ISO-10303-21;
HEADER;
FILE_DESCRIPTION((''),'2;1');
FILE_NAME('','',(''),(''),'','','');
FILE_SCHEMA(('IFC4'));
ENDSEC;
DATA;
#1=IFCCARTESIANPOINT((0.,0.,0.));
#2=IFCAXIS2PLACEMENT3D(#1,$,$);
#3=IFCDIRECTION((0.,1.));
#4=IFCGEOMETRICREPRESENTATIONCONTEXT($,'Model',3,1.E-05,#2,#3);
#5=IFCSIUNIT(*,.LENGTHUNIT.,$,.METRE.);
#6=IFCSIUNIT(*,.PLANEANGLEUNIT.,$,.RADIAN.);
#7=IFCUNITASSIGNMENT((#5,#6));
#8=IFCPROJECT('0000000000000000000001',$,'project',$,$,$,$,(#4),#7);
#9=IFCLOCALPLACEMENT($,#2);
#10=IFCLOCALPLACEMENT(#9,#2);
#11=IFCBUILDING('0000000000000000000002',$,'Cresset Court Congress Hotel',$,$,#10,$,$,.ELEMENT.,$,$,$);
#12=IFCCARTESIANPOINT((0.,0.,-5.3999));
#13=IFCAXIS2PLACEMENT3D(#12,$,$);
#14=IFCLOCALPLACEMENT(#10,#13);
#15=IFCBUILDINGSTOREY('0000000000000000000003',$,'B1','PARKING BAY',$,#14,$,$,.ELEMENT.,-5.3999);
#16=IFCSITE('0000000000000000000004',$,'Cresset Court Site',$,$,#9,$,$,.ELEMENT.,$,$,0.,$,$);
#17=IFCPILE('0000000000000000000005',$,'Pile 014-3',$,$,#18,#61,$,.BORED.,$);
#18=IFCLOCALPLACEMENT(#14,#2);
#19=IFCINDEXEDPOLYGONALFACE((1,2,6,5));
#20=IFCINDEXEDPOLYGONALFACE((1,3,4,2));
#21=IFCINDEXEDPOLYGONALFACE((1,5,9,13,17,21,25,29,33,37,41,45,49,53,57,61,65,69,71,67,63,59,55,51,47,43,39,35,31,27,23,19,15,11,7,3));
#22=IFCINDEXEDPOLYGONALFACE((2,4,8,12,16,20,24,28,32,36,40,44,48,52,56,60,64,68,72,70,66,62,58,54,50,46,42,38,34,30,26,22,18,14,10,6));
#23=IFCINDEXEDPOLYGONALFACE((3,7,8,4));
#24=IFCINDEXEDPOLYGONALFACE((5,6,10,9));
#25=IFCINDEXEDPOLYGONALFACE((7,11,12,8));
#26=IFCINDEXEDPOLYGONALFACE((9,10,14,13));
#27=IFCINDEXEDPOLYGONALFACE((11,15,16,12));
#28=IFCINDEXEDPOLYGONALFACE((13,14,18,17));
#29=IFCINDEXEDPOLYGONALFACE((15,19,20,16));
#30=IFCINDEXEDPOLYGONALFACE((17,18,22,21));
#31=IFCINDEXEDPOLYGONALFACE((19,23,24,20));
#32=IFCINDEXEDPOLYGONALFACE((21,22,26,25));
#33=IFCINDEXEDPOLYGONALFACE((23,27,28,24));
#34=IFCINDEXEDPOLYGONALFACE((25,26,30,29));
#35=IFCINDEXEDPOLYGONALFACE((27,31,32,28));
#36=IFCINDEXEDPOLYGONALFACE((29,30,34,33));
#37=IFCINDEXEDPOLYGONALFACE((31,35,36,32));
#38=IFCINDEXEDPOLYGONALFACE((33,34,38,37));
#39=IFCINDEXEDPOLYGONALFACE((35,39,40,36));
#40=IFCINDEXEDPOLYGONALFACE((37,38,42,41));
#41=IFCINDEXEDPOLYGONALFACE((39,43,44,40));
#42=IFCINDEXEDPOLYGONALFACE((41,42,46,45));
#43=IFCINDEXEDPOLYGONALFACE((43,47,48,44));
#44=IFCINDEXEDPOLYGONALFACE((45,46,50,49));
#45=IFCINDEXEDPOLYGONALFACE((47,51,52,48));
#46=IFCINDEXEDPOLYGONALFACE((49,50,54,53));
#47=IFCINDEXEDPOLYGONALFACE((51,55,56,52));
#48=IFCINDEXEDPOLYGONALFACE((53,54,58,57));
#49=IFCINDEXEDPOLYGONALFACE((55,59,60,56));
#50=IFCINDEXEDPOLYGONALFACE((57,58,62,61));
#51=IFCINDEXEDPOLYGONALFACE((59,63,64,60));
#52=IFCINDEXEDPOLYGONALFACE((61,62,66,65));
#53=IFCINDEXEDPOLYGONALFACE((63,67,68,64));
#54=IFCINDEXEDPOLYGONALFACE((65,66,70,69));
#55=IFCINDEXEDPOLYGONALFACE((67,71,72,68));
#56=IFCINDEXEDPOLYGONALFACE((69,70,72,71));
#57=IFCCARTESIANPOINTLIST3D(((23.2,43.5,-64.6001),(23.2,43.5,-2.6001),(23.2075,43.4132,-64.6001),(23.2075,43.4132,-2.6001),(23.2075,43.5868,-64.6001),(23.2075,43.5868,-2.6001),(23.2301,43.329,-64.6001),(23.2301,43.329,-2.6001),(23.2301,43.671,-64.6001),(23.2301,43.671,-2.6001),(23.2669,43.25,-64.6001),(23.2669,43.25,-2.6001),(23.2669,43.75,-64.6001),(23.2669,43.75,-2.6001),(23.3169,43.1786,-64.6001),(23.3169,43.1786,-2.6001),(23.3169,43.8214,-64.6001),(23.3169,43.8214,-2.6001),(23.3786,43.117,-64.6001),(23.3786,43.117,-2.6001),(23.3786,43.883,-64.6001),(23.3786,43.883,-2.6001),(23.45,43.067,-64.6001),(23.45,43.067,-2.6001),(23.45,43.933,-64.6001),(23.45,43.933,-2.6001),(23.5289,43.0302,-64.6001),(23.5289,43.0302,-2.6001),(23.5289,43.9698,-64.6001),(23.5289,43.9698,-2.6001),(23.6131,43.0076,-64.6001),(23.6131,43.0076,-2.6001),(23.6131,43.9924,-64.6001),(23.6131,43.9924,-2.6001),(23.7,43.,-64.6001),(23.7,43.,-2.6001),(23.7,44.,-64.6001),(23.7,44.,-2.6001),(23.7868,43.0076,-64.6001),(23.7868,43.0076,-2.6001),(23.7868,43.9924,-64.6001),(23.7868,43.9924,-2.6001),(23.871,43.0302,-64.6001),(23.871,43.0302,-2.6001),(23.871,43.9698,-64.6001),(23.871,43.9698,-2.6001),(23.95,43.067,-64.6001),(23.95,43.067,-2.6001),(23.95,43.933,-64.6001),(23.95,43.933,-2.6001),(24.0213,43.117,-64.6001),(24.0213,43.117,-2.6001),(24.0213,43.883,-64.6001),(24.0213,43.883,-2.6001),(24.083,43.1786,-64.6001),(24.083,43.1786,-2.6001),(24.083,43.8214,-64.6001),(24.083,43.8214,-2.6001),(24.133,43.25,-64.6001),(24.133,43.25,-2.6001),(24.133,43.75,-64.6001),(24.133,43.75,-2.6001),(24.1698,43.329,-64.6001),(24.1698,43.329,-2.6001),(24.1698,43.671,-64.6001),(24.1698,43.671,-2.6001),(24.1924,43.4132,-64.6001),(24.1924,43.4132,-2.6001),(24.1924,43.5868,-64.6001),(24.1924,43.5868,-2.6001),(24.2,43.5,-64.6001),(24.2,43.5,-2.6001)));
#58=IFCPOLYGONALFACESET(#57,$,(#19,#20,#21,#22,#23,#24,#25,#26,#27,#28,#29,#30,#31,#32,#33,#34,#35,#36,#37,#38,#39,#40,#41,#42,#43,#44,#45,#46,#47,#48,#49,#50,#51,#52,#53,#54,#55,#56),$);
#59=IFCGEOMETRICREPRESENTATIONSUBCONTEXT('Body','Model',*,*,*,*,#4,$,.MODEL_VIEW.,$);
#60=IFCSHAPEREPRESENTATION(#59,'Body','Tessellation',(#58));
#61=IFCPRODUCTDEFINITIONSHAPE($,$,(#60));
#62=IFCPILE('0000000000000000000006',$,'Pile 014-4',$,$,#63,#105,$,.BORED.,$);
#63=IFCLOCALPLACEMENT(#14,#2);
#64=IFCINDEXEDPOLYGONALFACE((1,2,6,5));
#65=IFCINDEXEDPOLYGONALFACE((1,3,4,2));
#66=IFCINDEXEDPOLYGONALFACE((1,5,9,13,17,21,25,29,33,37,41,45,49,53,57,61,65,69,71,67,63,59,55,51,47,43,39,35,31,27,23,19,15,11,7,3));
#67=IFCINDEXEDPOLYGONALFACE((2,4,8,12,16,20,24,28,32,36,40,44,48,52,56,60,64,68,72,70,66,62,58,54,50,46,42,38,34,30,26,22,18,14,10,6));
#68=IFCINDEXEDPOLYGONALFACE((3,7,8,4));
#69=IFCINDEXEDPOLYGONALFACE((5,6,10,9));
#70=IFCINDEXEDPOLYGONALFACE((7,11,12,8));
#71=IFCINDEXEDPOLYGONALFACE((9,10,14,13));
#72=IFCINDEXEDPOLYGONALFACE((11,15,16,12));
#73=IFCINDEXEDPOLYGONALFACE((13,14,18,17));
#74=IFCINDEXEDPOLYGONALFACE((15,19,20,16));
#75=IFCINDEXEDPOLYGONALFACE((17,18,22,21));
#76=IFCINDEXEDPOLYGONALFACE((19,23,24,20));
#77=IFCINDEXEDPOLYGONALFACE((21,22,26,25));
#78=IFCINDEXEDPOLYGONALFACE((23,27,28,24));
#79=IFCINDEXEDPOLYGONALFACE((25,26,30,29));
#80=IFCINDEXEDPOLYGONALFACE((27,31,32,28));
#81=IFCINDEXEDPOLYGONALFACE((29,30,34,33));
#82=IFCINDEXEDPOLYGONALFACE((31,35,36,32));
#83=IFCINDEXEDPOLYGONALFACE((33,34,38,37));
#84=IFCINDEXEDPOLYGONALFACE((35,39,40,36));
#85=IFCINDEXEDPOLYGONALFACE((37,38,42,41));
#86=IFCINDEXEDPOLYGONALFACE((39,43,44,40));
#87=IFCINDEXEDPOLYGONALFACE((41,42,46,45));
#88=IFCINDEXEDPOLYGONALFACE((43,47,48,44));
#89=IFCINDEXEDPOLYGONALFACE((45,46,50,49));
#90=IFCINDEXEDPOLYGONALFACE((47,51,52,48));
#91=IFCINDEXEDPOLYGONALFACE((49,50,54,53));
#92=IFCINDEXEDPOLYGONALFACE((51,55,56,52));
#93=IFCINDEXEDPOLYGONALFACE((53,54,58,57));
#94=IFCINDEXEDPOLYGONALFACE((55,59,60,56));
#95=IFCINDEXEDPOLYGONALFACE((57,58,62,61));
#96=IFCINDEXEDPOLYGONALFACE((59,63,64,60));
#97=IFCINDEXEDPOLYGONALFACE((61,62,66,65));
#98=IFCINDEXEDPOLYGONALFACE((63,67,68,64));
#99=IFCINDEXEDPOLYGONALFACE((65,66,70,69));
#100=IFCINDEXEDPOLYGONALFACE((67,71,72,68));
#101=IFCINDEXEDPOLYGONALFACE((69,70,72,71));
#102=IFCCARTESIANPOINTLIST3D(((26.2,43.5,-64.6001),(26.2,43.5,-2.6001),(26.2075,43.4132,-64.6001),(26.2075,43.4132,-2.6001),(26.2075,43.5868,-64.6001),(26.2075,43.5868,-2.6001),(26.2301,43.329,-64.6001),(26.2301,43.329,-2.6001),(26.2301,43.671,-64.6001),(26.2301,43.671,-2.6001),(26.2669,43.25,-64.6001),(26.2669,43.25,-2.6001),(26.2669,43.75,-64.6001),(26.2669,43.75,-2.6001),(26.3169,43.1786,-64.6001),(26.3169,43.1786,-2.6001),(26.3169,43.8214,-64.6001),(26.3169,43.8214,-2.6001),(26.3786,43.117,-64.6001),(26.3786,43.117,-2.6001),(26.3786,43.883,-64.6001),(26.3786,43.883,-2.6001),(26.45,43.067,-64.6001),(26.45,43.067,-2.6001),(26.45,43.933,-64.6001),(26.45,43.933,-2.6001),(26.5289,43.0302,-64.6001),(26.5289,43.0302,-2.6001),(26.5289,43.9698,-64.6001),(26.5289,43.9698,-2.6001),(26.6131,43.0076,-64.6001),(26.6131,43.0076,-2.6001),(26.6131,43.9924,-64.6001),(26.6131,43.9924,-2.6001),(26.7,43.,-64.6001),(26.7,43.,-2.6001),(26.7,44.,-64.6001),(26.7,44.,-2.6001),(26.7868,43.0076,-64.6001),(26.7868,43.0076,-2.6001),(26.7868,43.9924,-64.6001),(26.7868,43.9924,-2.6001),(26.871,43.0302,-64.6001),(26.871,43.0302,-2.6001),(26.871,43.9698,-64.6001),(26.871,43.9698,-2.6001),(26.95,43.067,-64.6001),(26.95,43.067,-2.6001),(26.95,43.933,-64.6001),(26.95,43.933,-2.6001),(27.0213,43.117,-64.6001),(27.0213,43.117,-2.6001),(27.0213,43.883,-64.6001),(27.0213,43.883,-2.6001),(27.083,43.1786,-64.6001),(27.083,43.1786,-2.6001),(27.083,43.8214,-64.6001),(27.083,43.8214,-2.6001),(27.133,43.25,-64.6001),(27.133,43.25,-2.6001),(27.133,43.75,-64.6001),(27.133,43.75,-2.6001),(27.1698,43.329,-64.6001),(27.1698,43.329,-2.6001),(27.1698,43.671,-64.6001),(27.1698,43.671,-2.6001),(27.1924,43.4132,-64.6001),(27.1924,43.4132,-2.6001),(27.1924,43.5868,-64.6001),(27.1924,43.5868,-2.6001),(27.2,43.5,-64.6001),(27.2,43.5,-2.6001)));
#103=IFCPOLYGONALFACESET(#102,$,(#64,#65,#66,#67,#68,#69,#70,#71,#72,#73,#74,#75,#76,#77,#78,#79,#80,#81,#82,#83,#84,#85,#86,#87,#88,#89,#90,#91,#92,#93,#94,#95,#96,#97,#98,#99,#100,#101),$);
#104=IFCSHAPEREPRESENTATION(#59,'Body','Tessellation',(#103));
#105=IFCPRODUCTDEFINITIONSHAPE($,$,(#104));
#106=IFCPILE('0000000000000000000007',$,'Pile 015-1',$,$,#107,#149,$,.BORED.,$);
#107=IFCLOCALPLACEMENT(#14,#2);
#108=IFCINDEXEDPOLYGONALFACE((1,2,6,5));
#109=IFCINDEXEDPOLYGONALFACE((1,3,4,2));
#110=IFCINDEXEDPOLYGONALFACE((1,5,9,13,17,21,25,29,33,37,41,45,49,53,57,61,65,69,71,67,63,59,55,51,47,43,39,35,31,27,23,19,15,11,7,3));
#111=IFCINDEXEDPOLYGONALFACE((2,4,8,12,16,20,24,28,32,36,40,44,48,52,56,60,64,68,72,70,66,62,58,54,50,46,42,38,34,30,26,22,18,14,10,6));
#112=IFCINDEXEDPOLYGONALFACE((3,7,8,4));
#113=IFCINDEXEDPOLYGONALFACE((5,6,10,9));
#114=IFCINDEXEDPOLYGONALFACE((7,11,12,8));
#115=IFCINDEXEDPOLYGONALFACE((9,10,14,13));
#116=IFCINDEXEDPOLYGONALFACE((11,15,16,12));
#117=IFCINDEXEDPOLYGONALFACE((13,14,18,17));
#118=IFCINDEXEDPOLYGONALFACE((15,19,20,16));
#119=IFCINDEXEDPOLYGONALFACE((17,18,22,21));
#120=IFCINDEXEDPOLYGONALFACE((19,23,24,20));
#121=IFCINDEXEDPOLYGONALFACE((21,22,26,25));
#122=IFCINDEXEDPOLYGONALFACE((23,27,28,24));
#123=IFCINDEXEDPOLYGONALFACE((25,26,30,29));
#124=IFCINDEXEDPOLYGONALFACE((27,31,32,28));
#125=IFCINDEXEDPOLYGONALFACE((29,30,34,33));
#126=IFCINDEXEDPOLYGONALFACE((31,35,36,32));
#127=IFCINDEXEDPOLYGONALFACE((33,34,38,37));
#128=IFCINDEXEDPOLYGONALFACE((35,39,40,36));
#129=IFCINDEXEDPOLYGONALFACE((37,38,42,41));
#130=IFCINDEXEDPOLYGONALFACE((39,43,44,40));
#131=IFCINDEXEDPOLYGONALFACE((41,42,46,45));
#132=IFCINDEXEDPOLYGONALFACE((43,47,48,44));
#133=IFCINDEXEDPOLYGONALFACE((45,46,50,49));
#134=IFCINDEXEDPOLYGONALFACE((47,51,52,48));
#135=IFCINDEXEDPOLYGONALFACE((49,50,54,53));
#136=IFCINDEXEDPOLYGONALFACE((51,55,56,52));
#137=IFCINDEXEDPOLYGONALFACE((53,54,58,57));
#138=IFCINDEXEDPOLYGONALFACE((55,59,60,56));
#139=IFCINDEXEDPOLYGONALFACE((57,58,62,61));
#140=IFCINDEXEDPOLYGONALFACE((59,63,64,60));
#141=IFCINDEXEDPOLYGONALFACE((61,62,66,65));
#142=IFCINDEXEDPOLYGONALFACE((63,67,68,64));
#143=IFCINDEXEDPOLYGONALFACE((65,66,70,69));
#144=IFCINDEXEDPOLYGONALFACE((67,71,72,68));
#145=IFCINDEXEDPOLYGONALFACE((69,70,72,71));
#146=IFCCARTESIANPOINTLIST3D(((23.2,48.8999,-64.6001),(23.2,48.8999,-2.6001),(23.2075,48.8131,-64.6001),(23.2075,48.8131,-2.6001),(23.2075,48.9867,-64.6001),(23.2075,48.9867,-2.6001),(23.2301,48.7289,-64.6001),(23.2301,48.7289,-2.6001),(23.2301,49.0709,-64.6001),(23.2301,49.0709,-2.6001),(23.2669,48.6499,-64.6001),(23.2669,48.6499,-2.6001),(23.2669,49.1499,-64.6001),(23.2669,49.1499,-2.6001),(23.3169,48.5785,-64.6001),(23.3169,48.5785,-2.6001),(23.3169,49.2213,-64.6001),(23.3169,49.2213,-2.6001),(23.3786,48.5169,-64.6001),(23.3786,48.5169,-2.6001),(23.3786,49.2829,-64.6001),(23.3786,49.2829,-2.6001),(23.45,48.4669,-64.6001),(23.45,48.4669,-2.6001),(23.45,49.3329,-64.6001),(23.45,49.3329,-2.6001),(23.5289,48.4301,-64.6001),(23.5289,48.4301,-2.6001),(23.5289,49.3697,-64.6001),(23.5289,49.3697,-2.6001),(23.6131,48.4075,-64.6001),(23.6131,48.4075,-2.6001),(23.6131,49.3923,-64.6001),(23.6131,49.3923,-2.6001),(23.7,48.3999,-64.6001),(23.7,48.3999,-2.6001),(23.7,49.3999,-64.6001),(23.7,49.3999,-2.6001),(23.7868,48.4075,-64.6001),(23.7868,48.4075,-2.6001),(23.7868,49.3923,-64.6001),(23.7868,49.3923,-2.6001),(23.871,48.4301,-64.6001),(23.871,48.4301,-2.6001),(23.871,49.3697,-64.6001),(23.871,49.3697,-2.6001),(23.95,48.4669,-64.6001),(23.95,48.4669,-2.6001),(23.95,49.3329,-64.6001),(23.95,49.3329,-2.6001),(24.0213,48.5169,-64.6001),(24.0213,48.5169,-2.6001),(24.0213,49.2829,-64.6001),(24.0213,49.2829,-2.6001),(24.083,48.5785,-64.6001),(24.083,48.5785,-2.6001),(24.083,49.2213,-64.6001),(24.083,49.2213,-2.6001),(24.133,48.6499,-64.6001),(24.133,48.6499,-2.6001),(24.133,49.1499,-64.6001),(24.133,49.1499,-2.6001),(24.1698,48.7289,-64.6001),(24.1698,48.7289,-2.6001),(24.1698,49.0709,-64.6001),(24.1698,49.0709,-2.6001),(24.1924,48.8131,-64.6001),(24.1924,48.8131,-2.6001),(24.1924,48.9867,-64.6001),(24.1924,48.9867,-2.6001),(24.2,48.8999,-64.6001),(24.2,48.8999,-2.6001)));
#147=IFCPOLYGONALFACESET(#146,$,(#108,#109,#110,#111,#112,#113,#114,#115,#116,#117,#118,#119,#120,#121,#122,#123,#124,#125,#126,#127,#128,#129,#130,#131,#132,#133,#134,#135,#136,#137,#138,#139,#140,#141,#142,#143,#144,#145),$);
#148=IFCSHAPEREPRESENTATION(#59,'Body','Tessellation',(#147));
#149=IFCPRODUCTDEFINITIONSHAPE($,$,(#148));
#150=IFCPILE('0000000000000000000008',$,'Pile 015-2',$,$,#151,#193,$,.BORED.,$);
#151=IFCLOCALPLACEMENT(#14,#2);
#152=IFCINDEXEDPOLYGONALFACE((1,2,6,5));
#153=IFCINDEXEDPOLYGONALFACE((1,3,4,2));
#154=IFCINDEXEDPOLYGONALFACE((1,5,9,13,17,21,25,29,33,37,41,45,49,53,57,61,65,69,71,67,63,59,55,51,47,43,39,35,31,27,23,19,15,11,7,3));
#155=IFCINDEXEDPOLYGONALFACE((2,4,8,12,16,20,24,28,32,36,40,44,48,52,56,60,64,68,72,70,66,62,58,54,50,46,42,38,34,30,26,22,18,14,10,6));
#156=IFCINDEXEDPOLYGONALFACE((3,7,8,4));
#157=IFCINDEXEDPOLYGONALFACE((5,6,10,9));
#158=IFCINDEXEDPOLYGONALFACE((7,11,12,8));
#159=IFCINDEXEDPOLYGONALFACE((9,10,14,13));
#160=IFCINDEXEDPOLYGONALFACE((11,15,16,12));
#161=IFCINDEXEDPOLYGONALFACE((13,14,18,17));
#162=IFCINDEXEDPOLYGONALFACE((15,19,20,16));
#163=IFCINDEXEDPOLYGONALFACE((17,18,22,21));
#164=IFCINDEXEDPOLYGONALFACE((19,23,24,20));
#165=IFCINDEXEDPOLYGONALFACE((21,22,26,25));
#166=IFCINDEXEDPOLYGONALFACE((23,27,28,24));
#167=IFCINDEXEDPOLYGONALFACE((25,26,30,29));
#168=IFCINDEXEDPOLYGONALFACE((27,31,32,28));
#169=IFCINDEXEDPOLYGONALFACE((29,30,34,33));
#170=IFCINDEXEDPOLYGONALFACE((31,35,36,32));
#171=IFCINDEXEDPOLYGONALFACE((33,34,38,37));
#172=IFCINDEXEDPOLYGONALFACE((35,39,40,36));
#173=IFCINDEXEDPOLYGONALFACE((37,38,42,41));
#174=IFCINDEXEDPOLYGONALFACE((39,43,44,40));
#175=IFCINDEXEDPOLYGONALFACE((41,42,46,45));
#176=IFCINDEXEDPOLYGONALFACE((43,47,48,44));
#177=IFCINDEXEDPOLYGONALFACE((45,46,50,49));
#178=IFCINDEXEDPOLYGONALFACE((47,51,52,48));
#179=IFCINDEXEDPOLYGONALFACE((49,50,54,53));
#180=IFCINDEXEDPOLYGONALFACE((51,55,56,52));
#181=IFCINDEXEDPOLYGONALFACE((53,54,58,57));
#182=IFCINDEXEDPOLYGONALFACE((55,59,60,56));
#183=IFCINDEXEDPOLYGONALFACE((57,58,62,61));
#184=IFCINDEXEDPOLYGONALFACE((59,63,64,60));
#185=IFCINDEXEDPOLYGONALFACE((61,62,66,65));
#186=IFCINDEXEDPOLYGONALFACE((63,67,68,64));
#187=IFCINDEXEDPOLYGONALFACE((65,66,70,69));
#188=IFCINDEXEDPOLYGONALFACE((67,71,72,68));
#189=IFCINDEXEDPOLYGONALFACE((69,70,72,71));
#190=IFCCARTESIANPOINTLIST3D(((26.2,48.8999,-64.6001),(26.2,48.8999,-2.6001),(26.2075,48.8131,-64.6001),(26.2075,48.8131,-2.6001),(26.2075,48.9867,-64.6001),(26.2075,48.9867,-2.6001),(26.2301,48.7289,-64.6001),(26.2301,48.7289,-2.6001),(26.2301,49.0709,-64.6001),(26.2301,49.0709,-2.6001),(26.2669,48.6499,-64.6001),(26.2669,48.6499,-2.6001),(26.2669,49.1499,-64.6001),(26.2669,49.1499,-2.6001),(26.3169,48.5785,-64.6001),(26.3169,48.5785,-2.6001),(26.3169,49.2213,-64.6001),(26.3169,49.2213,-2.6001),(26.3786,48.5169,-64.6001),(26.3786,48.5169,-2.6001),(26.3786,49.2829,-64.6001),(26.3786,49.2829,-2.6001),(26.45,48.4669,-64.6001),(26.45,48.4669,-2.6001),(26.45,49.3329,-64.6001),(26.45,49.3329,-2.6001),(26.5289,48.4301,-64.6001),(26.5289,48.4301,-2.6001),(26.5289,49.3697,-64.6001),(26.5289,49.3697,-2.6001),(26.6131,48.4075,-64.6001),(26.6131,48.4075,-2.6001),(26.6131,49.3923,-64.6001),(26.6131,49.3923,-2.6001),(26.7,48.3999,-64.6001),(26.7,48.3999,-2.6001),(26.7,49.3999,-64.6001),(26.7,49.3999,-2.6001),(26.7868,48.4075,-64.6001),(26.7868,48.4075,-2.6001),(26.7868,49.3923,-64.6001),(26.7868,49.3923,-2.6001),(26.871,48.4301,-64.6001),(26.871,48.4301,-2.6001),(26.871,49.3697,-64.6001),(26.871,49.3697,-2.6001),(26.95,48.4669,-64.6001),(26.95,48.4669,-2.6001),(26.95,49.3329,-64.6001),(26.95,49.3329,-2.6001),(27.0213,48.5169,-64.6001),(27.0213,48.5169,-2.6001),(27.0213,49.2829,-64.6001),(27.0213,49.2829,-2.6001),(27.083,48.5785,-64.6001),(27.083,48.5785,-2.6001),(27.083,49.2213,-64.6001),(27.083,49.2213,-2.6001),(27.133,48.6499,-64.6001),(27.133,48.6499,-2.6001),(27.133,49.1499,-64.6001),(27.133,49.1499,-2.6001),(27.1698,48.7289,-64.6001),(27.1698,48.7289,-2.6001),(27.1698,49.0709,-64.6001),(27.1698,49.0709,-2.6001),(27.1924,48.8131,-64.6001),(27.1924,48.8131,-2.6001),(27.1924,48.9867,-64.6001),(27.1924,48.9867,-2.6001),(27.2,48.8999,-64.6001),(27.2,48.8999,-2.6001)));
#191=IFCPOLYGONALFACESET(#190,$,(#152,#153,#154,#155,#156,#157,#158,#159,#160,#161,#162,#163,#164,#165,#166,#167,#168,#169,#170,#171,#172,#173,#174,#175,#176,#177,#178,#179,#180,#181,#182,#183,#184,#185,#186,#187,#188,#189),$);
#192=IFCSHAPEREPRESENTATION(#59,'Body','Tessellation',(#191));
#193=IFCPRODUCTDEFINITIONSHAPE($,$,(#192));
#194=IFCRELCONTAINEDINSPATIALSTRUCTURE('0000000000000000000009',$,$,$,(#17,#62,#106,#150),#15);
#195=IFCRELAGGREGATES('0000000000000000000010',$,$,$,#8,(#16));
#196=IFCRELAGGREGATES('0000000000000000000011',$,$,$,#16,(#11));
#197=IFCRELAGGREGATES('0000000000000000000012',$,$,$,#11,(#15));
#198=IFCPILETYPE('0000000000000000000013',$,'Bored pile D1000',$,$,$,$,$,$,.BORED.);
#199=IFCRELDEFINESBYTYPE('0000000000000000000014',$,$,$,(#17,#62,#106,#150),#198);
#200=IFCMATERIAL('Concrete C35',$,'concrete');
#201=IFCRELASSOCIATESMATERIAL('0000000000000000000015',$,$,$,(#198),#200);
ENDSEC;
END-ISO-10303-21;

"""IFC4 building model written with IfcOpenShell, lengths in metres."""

from ifc_helpers import new_model, si_unit, direction, frame, origin, origin_2d, place, context, subcontext, project, spatial, circle, extrude, material, type_object, element, save


model = new_model("IFC4")

# Units and contexts
model_context = context("Model", 3, precision=1e-05, world=origin(), true_north=direction((0.0, 1.0)))
body_context = subcontext(model_context, "Body", "Model", "MODEL_VIEW")
ifc_project = project(units=[si_unit("LENGTHUNIT", "METRE"), si_unit("PLANEANGLEUNIT", "RADIAN")], contexts=[model_context])

# Site, building, storey
site_placement = place(None, origin())
site = spatial("IfcSite", under=ifc_project, at=site_placement, Name="Cresset Court Site", CompositionType="ELEMENT", RefElevation=0.0)
building_placement = place(site_placement, origin())
building = spatial("IfcBuilding", under=site, at=building_placement, Name="Cresset Court Congress Hotel", CompositionType="ELEMENT")
storey_placement = place(building_placement, frame((0.0, 0.0, -5.3999)))
storey = spatial("IfcBuildingStorey", under=building, at=storey_placement, Name="B1", Description="PARKING BAY", CompositionType="ELEMENT", Elevation=-5.3999)

# Piles
ifc_material_1 = material(Name="Concrete C35", Category="concrete")
pile_type = type_object("IfcPileType", Name="Bored pile D1000", PredefinedType="BORED", material=ifc_material_1)
for number, where, z_axis, x_axis, name in (
    (1, (23.7, 43.5, -2.6001), (0.0, 0.0, -1.0), (1.0, 0.0, 0.0), "Pile 014-3"),
    (2, (26.7, 43.5, -2.6001), (0.0, 0.0, -1.0), (1.0, 0.0, 0.0), "Pile 014-4"),
    (3, (23.7, 48.8999, -2.6001), (0.0, 0.0, -1.0), (1.0, 0.0, 0.0), "Pile 015-1"),
    (4, (26.7, 48.8999, -2.6001), (0.0, 0.0, -1.0), (1.0, 0.0, 0.0), "Pile 015-2"),
):
    element("IfcPile", number, at=place(storey_placement, frame(where, z_axis=z_axis, x_axis=x_axis)), inside=storey, type_object=pile_type, Name=name, PredefinedType="BORED", context=body_context, shape_type="SweptSolid", body=[
        extrude(circle(Radius=0.5, at=origin_2d()), origin(), (0.0, 0.0, 1.0), 62.0),
    ])

save(model, "model.ifc")
